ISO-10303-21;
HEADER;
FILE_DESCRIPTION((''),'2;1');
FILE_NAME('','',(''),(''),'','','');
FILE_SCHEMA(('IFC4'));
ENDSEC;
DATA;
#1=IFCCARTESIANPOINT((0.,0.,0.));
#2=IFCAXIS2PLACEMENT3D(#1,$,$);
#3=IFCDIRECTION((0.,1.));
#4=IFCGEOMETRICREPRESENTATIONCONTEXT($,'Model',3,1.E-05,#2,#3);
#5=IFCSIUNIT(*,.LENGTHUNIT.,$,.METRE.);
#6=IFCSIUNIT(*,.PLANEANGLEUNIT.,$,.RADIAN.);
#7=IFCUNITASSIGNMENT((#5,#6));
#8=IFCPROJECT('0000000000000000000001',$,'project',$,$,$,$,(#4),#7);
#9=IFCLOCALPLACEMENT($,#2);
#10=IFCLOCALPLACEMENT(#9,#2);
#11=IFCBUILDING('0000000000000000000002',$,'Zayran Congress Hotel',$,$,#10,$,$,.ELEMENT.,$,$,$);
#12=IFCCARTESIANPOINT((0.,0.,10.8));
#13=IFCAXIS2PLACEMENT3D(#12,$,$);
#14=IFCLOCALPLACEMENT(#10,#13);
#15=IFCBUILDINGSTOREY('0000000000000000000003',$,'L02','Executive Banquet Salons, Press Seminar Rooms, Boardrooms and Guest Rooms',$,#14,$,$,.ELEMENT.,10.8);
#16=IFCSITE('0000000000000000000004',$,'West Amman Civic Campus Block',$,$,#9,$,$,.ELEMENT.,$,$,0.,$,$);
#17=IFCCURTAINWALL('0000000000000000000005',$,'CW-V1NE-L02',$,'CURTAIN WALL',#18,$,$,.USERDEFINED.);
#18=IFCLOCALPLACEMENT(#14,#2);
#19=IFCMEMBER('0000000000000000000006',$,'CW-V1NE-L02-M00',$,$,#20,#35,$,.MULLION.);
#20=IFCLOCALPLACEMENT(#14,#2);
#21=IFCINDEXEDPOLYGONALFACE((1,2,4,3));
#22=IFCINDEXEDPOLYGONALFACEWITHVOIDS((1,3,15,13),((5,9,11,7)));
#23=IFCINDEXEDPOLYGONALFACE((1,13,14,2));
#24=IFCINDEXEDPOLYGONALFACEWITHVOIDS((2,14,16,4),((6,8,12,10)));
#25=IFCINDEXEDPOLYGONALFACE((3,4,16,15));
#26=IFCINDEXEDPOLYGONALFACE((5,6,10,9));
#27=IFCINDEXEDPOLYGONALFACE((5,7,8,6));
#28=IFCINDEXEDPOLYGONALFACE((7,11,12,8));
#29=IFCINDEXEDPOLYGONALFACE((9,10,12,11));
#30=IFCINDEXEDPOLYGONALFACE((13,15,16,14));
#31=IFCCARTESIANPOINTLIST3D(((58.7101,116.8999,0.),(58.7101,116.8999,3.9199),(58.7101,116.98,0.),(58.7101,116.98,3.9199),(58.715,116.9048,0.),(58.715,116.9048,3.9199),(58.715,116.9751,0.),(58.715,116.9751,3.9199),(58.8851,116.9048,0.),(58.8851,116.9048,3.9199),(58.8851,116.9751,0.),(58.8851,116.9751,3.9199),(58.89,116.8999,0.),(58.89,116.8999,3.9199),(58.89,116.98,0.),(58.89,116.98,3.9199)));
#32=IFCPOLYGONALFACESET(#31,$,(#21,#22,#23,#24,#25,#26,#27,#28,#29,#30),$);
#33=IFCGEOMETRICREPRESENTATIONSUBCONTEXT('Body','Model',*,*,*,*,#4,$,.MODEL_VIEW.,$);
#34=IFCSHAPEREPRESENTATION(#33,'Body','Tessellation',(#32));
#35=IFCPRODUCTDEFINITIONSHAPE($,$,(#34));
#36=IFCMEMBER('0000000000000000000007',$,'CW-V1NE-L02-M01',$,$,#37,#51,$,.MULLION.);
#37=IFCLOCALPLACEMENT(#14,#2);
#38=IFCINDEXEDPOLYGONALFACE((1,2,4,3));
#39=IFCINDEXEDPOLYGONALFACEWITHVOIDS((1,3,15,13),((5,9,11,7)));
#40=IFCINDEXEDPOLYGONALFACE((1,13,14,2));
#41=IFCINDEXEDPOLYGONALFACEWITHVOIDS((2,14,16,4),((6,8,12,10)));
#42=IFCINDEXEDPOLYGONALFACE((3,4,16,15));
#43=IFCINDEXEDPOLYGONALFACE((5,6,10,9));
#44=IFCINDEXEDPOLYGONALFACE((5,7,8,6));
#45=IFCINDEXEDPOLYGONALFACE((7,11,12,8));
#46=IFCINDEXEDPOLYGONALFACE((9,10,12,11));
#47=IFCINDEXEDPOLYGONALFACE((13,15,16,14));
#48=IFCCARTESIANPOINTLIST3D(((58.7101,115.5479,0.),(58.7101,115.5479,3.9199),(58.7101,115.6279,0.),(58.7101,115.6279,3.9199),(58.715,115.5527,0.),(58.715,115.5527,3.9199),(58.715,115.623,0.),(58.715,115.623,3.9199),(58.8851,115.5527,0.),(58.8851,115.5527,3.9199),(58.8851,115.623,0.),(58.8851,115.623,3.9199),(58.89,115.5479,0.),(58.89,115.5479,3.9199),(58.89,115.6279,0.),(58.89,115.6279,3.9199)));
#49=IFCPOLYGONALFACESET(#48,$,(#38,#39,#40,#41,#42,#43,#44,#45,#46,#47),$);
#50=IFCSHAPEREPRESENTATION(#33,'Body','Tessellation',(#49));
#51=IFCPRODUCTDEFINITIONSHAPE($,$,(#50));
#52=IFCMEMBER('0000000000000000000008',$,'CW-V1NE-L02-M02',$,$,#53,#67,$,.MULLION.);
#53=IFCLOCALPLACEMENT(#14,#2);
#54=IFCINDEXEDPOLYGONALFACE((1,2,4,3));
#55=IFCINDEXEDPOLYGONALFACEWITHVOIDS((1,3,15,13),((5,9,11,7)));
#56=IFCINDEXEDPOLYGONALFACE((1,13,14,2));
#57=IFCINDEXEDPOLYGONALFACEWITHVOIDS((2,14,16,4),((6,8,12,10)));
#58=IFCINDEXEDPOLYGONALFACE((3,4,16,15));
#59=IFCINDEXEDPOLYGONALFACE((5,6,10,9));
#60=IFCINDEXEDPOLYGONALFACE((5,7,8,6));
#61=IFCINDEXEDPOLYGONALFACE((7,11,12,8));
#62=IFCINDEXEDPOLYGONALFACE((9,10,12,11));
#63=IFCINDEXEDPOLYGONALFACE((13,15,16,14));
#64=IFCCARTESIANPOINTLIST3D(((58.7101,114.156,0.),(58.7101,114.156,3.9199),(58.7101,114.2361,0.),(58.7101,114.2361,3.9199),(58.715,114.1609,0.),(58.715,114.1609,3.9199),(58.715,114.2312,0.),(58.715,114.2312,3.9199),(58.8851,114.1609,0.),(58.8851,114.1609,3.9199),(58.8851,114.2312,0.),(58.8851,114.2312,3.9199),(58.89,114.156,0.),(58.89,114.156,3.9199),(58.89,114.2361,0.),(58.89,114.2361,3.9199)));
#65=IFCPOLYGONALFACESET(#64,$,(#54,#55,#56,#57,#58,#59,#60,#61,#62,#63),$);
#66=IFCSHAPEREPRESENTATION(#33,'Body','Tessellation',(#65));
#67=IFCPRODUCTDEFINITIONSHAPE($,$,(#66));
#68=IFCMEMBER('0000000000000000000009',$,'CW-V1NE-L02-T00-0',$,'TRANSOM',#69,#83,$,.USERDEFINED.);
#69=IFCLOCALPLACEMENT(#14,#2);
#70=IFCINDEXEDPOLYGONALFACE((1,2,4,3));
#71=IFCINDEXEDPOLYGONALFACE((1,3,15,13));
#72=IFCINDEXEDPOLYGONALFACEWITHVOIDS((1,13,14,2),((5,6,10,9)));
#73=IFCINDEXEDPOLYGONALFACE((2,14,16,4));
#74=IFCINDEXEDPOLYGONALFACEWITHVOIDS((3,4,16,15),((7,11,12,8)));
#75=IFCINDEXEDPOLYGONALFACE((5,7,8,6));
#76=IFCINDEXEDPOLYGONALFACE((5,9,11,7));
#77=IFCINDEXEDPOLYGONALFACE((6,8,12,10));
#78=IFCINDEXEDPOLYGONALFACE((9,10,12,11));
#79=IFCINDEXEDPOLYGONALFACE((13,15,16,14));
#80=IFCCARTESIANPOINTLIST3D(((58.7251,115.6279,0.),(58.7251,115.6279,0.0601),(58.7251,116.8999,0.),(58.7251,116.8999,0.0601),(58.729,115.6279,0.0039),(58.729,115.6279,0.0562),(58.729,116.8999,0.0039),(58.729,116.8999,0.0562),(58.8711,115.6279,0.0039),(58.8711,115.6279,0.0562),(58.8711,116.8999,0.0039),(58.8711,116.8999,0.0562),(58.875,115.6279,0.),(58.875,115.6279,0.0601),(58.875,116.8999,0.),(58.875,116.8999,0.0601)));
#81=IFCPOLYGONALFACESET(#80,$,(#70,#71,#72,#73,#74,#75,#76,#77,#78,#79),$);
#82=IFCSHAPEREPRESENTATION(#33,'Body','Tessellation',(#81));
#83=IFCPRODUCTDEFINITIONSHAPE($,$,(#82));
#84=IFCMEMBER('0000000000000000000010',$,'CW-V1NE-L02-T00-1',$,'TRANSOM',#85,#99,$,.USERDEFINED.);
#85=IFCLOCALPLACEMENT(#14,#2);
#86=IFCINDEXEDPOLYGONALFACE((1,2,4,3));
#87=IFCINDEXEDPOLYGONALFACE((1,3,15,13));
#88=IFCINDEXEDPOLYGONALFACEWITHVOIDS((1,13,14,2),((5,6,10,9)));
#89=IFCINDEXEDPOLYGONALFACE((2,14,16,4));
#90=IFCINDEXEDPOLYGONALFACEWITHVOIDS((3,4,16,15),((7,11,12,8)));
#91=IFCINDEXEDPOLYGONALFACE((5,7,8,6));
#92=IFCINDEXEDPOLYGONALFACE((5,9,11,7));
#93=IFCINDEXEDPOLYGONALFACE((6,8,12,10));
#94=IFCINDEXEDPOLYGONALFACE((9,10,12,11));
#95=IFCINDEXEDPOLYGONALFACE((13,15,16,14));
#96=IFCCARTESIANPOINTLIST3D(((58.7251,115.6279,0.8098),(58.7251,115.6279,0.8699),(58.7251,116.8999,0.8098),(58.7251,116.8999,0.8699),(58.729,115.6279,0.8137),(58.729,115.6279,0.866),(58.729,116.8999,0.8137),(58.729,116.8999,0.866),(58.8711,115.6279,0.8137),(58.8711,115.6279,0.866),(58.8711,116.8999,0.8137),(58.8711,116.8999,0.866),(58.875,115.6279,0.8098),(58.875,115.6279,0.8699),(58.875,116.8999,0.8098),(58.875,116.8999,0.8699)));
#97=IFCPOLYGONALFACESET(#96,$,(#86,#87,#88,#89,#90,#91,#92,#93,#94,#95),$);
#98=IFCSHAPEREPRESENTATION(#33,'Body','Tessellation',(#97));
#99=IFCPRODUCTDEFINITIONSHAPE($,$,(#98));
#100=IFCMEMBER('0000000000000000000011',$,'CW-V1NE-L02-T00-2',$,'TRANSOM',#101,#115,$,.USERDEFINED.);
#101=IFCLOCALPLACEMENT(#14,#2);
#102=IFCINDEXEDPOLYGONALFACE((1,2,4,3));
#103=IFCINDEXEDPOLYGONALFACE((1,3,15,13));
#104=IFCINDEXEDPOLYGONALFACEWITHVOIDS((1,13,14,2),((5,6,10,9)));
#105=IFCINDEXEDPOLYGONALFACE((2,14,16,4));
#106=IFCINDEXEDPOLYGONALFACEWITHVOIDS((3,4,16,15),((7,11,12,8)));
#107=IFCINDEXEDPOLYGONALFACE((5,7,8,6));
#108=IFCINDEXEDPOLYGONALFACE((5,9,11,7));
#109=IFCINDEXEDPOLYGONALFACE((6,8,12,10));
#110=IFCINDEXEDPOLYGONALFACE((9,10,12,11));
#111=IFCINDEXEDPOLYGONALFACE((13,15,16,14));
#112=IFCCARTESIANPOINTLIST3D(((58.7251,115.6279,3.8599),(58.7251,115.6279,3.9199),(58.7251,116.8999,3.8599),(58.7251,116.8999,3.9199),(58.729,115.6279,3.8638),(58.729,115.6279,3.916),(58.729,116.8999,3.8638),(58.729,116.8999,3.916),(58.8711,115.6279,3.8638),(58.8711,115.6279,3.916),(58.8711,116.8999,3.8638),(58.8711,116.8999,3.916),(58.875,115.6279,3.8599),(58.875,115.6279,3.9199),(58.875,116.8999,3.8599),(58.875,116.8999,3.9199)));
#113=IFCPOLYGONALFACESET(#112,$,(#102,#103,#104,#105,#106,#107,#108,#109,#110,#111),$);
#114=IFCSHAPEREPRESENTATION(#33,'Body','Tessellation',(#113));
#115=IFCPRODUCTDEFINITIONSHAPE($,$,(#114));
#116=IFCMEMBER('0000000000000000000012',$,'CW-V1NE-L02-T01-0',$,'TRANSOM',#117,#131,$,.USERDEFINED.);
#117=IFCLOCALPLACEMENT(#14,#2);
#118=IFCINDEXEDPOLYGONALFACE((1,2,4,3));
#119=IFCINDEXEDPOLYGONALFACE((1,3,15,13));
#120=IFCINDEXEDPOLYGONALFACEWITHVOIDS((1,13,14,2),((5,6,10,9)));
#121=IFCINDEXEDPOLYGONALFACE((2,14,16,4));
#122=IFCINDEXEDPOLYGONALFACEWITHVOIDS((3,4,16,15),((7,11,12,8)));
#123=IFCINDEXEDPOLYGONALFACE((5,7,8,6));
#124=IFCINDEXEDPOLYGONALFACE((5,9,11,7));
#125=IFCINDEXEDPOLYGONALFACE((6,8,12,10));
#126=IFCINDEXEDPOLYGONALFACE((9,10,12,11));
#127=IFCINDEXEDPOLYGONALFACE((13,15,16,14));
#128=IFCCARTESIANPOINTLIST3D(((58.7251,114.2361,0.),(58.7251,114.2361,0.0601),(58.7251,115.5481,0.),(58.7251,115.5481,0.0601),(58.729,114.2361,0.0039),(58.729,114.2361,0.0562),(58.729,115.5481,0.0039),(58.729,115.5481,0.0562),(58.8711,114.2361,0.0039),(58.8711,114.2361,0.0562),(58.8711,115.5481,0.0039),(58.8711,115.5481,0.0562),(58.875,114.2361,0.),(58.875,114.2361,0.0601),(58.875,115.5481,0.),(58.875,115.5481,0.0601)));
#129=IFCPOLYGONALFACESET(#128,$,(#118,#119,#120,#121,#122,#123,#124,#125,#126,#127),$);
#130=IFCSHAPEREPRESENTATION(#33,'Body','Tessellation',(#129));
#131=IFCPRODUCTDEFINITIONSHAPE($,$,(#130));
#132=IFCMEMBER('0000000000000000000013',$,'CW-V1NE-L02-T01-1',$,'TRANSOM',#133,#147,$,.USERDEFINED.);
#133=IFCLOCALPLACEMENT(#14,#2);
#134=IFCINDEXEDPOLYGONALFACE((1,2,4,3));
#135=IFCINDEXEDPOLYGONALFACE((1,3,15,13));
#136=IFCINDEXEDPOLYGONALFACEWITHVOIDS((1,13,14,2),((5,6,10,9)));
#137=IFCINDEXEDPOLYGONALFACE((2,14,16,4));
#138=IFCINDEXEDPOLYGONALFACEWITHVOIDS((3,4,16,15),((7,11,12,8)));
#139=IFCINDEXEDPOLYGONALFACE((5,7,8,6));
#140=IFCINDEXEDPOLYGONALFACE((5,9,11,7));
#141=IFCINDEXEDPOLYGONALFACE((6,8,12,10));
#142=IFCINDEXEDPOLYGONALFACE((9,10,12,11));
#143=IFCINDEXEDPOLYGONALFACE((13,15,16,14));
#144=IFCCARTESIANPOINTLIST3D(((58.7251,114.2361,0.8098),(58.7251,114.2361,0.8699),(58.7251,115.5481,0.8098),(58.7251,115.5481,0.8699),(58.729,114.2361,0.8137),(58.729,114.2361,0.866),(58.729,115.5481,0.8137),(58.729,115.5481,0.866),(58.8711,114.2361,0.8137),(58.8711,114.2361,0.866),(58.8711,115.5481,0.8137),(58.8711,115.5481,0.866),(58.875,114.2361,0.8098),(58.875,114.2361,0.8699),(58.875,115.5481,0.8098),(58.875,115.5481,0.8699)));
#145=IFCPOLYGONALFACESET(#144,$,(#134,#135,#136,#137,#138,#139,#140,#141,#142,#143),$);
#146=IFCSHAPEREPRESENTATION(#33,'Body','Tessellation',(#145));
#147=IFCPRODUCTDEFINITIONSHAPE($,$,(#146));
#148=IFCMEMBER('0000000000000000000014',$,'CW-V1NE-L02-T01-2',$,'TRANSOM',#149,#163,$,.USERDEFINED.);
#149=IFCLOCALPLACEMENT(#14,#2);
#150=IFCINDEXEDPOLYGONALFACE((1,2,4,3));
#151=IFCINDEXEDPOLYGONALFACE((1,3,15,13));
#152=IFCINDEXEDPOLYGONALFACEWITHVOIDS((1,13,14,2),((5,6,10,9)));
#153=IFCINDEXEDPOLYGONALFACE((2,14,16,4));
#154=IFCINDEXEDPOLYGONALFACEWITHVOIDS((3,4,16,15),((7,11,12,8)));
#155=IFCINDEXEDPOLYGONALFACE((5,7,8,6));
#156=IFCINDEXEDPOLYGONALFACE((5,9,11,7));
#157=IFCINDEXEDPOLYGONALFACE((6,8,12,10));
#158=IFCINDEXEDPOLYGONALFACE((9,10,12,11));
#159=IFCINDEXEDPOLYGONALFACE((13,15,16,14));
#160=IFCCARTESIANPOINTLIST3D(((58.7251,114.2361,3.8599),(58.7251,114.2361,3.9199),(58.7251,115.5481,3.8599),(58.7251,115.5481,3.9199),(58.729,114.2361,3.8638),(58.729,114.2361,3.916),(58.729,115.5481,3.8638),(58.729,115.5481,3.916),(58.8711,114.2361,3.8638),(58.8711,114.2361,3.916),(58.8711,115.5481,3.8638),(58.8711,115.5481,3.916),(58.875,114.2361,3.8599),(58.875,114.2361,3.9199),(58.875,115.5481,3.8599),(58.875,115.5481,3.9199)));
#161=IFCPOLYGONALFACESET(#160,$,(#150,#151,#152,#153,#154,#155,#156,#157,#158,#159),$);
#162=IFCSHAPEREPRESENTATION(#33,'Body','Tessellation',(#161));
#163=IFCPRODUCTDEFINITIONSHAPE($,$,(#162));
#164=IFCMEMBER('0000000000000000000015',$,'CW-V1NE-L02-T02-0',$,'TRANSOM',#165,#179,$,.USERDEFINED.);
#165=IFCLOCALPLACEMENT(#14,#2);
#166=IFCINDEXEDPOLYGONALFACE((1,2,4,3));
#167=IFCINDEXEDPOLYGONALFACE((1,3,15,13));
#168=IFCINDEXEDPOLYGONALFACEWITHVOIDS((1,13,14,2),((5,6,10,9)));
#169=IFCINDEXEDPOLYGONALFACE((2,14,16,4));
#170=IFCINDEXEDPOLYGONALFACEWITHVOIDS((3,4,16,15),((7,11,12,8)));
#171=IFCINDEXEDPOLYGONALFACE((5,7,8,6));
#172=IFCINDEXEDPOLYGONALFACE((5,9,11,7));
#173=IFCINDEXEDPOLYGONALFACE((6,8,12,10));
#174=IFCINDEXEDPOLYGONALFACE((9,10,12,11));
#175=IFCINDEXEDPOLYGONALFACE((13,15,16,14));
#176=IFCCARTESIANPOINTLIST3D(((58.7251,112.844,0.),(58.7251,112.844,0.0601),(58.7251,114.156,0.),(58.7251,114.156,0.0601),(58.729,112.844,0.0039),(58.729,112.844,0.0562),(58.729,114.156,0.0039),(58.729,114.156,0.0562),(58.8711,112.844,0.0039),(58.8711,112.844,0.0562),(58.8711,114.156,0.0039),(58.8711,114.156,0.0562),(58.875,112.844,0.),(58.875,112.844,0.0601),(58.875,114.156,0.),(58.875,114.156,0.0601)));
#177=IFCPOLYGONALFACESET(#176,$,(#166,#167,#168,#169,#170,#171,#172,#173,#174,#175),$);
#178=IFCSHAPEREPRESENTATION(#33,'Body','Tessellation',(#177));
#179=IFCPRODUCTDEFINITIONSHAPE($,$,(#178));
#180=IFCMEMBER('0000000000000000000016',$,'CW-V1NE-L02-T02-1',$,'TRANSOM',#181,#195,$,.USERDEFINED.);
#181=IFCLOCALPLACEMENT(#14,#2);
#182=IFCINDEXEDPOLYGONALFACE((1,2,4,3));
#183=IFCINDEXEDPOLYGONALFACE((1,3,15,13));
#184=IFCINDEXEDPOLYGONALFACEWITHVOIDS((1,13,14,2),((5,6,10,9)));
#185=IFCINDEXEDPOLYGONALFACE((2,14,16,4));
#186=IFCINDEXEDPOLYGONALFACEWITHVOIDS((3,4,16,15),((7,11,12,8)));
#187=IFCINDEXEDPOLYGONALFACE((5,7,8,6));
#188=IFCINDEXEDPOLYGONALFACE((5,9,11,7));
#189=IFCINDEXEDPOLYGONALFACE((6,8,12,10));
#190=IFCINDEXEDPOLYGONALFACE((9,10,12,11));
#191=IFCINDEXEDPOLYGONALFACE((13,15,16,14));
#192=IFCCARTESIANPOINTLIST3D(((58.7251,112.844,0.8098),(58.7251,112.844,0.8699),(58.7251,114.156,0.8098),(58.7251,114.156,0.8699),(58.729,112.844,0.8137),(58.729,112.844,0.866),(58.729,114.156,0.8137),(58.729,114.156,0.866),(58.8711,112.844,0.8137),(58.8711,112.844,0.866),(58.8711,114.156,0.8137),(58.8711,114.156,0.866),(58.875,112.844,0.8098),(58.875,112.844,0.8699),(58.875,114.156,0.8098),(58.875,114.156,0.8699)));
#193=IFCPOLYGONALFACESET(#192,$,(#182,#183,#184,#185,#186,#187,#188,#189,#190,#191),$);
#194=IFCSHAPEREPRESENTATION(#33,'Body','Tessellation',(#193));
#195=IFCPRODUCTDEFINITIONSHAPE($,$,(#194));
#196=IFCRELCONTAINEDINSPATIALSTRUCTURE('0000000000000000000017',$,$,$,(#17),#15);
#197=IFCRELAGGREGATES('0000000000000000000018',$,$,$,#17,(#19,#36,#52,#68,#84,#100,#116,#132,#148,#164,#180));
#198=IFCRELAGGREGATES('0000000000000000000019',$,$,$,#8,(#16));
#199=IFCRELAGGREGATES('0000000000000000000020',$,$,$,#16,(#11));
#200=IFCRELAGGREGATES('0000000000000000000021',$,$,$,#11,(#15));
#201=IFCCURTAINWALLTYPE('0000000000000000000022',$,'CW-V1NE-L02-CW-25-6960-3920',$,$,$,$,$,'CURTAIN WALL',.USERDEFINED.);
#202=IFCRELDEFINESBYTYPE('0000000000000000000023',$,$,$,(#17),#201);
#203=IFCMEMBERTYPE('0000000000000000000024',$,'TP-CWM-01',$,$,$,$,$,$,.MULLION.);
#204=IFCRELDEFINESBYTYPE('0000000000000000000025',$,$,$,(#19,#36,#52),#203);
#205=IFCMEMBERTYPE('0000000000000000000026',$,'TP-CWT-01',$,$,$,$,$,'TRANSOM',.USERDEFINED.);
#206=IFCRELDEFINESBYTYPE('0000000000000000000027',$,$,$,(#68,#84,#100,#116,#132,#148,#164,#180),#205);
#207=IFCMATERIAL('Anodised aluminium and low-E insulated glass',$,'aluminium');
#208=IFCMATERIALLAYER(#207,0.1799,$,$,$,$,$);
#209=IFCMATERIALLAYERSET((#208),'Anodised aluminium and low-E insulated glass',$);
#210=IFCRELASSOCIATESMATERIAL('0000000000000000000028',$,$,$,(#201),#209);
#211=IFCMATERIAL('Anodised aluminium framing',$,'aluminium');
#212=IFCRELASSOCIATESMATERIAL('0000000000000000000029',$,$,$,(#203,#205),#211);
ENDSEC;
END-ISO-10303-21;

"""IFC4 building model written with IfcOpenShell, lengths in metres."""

from ifc_helpers import new_model, si_unit, direction, frame, origin, origin_2d, place, context, subcontext, project, spatial, hollow_rectangle, extrude, material, layer, layer_set, material_profile, profile_set, type_object, element, aggregate, save


model = new_model("IFC4")

# Units and contexts
model_context = context("Model", 3, precision=1e-05, world=origin(), true_north=direction((0.0, 1.0)))
body_context = subcontext(model_context, "Body", "Model", "MODEL_VIEW")
ifc_project = project(units=[si_unit("LENGTHUNIT", "METRE"), si_unit("PLANEANGLEUNIT", "RADIAN")], contexts=[model_context])

# Site, building, storey
site_placement = place(None, origin())
site = spatial("IfcSite", under=ifc_project, at=site_placement, Name="West Amman Civic Campus Block", CompositionType="ELEMENT", RefElevation=0.0)
building_placement = place(site_placement, origin())
building = spatial("IfcBuilding", under=site, at=building_placement, Name="Zayran Congress Hotel", CompositionType="ELEMENT")
storey_placement = place(building_placement, frame((0.0, 0.0, 10.8)))
storey = spatial("IfcBuildingStorey", under=building, at=storey_placement, Name="L02", Description="Executive Banquet Salons, Press Seminar Rooms, Boardrooms and Guest Rooms", CompositionType="ELEMENT", Elevation=10.8)

# Curtain wall, members
ifc_material_1 = material(Name="Anodised aluminium and low-E insulated glass", Category="aluminium")
ifc_layer_1 = layer(ifc_material_1, 0.1799)
ifc_layer_set_1 = layer_set([ifc_layer_1], Name="Anodised aluminium and low-E insulated glass")
curtain_wall_type = type_object("IfcCurtainWallType", Name="CW-V1NE-L02-CW-25-6960-3920", ElementType="CURTAIN WALL", PredefinedType="USERDEFINED", material=ifc_layer_set_1)
curtain_wall_placement = place(storey_placement, origin())
curtain_wall = element("IfcCurtainWall", 1, at=curtain_wall_placement, inside=storey, type_object=curtain_wall_type, Name="CW-V1NE-L02", ObjectType="CURTAIN WALL", PredefinedType="USERDEFINED")
ifc_material_2 = material(Name="Anodised aluminium framing", Category="aluminium")
ifc_material_profile_1 = material_profile(ifc_material_2, hollow_rectangle(XDim=0.0801, YDim=0.1799, WallThickness=0.0049, at=origin_2d()), Name="RHS 180x80x5")
ifc_profile_set_1 = profile_set([ifc_material_profile_1], Name="Anodised aluminium framing")
member_type_1 = type_object("IfcMemberType", Name="TP-CWM-01", PredefinedType="MULLION", material=ifc_profile_set_1)
member_1_placement = place(storey_placement, frame((58.8, 116.9399, 0.0), z_axis=(0.0, 0.0, 1.0), x_axis=(0.0, 1.0, 0.0)))
member_1 = element("IfcMember", 2, at=member_1_placement, type_object=member_type_1, Name="CW-V1NE-L02-M00", PredefinedType="MULLION", context=body_context, shape_type="SweptSolid", body=[
    extrude(hollow_rectangle(XDim=0.0801, YDim=0.1799, WallThickness=0.0049, at=origin_2d()), origin(), (0.0, 0.0, 1.0), 3.9199),
])
member_2_placement = place(storey_placement, frame((58.8, 115.5879, 0.0), z_axis=(0.0, 0.0, 1.0), x_axis=(0.0, 1.0, 0.0)))
member_2 = element("IfcMember", 3, at=member_2_placement, type_object=member_type_1, Name="CW-V1NE-L02-M01", PredefinedType="MULLION", context=body_context, shape_type="SweptSolid", body=[
    extrude(hollow_rectangle(XDim=0.0801, YDim=0.1799, WallThickness=0.0049, at=origin_2d()), origin(), (0.0, 0.0, 1.0), 3.9199),
])
member_3_placement = place(storey_placement, frame((58.8, 114.196, 0.0), z_axis=(0.0, 0.0, 1.0), x_axis=(0.0, 1.0, 0.0)))
member_3 = element("IfcMember", 4, at=member_3_placement, type_object=member_type_1, Name="CW-V1NE-L02-M02", PredefinedType="MULLION", context=body_context, shape_type="SweptSolid", body=[
    extrude(hollow_rectangle(XDim=0.0801, YDim=0.1799, WallThickness=0.0049, at=origin_2d()), origin(), (0.0, 0.0, 1.0), 3.9199),
])
ifc_material_profile_2 = material_profile(ifc_material_2, hollow_rectangle(XDim=0.0601, YDim=0.1499, WallThickness=0.0039, at=origin_2d()), Name="RHS 150x60x4")
ifc_profile_set_2 = profile_set([ifc_material_profile_2], Name="Anodised aluminium framing")
member_type_2 = type_object("IfcMemberType", Name="TP-CWT-01", ElementType="TRANSOM", PredefinedType="USERDEFINED", material=ifc_profile_set_2)
member_4_placement = place(storey_placement, frame((58.8, 116.8999, 0.03), z_axis=(0.0, -1.0, 0.0), x_axis=(0.0, 0.0, 1.0)))
member_4 = element("IfcMember", 5, at=member_4_placement, type_object=member_type_2, Name="CW-V1NE-L02-T00-0", ObjectType="TRANSOM", PredefinedType="USERDEFINED", context=body_context, shape_type="SweptSolid", body=[
    extrude(hollow_rectangle(XDim=0.0601, YDim=0.1499, WallThickness=0.0039, at=origin_2d()), origin(), (0.0, 0.0, 1.0), 1.272),
])
member_5_placement = place(storey_placement, frame((58.8, 116.8999, 0.8398), z_axis=(0.0, -1.0, 0.0), x_axis=(0.0, 0.0, 1.0)))
member_5 = element("IfcMember", 6, at=member_5_placement, type_object=member_type_2, Name="CW-V1NE-L02-T00-1", ObjectType="TRANSOM", PredefinedType="USERDEFINED", context=body_context, shape_type="SweptSolid", body=[
    extrude(hollow_rectangle(XDim=0.0601, YDim=0.1499, WallThickness=0.0039, at=origin_2d()), origin(), (0.0, 0.0, 1.0), 1.272),
])
member_6_placement = place(storey_placement, frame((58.8, 116.8999, 3.8899), z_axis=(0.0, -1.0, 0.0), x_axis=(0.0, 0.0, 1.0)))
member_6 = element("IfcMember", 7, at=member_6_placement, type_object=member_type_2, Name="CW-V1NE-L02-T00-2", ObjectType="TRANSOM", PredefinedType="USERDEFINED", context=body_context, shape_type="SweptSolid", body=[
    extrude(hollow_rectangle(XDim=0.0601, YDim=0.1499, WallThickness=0.0039, at=origin_2d()), origin(), (0.0, 0.0, 1.0), 1.272),
])
member_7_placement = place(storey_placement, frame((58.8, 115.5481, 0.03), z_axis=(0.0, -1.0, 0.0), x_axis=(0.0, 0.0, 1.0)))
member_7 = element("IfcMember", 8, at=member_7_placement, type_object=member_type_2, Name="CW-V1NE-L02-T01-0", ObjectType="TRANSOM", PredefinedType="USERDEFINED", context=body_context, shape_type="SweptSolid", body=[
    extrude(hollow_rectangle(XDim=0.0601, YDim=0.1499, WallThickness=0.0039, at=origin_2d()), origin(), (0.0, 0.0, 1.0), 1.312),
])
member_8_placement = place(storey_placement, frame((58.8, 115.5481, 0.8398), z_axis=(0.0, -1.0, 0.0), x_axis=(0.0, 0.0, 1.0)))
member_8 = element("IfcMember", 9, at=member_8_placement, type_object=member_type_2, Name="CW-V1NE-L02-T01-1", ObjectType="TRANSOM", PredefinedType="USERDEFINED", context=body_context, shape_type="SweptSolid", body=[
    extrude(hollow_rectangle(XDim=0.0601, YDim=0.1499, WallThickness=0.0039, at=origin_2d()), origin(), (0.0, 0.0, 1.0), 1.312),
])
member_9_placement = place(storey_placement, frame((58.8, 115.5481, 3.8899), z_axis=(0.0, -1.0, 0.0), x_axis=(0.0, 0.0, 1.0)))
member_9 = element("IfcMember", 10, at=member_9_placement, type_object=member_type_2, Name="CW-V1NE-L02-T01-2", ObjectType="TRANSOM", PredefinedType="USERDEFINED", context=body_context, shape_type="SweptSolid", body=[
    extrude(hollow_rectangle(XDim=0.0601, YDim=0.1499, WallThickness=0.0039, at=origin_2d()), origin(), (0.0, 0.0, 1.0), 1.312),
])
member_10_placement = place(storey_placement, frame((58.8, 114.156, 0.03), z_axis=(0.0, -1.0, 0.0), x_axis=(0.0, 0.0, 1.0)))
member_10 = element("IfcMember", 11, at=member_10_placement, type_object=member_type_2, Name="CW-V1NE-L02-T02-0", ObjectType="TRANSOM", PredefinedType="USERDEFINED", context=body_context, shape_type="SweptSolid", body=[
    extrude(hollow_rectangle(XDim=0.0601, YDim=0.1499, WallThickness=0.0039, at=origin_2d()), origin(), (0.0, 0.0, 1.0), 1.312),
])
member_11_placement = place(storey_placement, frame((58.8, 114.156, 0.8398), z_axis=(0.0, -1.0, 0.0), x_axis=(0.0, 0.0, 1.0)))
member_11 = element("IfcMember", 12, at=member_11_placement, type_object=member_type_2, Name="CW-V1NE-L02-T02-1", ObjectType="TRANSOM", PredefinedType="USERDEFINED", context=body_context, shape_type="SweptSolid", body=[
    extrude(hollow_rectangle(XDim=0.0601, YDim=0.1499, WallThickness=0.0039, at=origin_2d()), origin(), (0.0, 0.0, 1.0), 1.312),
])
aggregate(curtain_wall, [member_1, member_2, member_3, member_4, member_5, member_6, member_7, member_8, member_9, member_10, member_11])

save(model, "model.ifc")
